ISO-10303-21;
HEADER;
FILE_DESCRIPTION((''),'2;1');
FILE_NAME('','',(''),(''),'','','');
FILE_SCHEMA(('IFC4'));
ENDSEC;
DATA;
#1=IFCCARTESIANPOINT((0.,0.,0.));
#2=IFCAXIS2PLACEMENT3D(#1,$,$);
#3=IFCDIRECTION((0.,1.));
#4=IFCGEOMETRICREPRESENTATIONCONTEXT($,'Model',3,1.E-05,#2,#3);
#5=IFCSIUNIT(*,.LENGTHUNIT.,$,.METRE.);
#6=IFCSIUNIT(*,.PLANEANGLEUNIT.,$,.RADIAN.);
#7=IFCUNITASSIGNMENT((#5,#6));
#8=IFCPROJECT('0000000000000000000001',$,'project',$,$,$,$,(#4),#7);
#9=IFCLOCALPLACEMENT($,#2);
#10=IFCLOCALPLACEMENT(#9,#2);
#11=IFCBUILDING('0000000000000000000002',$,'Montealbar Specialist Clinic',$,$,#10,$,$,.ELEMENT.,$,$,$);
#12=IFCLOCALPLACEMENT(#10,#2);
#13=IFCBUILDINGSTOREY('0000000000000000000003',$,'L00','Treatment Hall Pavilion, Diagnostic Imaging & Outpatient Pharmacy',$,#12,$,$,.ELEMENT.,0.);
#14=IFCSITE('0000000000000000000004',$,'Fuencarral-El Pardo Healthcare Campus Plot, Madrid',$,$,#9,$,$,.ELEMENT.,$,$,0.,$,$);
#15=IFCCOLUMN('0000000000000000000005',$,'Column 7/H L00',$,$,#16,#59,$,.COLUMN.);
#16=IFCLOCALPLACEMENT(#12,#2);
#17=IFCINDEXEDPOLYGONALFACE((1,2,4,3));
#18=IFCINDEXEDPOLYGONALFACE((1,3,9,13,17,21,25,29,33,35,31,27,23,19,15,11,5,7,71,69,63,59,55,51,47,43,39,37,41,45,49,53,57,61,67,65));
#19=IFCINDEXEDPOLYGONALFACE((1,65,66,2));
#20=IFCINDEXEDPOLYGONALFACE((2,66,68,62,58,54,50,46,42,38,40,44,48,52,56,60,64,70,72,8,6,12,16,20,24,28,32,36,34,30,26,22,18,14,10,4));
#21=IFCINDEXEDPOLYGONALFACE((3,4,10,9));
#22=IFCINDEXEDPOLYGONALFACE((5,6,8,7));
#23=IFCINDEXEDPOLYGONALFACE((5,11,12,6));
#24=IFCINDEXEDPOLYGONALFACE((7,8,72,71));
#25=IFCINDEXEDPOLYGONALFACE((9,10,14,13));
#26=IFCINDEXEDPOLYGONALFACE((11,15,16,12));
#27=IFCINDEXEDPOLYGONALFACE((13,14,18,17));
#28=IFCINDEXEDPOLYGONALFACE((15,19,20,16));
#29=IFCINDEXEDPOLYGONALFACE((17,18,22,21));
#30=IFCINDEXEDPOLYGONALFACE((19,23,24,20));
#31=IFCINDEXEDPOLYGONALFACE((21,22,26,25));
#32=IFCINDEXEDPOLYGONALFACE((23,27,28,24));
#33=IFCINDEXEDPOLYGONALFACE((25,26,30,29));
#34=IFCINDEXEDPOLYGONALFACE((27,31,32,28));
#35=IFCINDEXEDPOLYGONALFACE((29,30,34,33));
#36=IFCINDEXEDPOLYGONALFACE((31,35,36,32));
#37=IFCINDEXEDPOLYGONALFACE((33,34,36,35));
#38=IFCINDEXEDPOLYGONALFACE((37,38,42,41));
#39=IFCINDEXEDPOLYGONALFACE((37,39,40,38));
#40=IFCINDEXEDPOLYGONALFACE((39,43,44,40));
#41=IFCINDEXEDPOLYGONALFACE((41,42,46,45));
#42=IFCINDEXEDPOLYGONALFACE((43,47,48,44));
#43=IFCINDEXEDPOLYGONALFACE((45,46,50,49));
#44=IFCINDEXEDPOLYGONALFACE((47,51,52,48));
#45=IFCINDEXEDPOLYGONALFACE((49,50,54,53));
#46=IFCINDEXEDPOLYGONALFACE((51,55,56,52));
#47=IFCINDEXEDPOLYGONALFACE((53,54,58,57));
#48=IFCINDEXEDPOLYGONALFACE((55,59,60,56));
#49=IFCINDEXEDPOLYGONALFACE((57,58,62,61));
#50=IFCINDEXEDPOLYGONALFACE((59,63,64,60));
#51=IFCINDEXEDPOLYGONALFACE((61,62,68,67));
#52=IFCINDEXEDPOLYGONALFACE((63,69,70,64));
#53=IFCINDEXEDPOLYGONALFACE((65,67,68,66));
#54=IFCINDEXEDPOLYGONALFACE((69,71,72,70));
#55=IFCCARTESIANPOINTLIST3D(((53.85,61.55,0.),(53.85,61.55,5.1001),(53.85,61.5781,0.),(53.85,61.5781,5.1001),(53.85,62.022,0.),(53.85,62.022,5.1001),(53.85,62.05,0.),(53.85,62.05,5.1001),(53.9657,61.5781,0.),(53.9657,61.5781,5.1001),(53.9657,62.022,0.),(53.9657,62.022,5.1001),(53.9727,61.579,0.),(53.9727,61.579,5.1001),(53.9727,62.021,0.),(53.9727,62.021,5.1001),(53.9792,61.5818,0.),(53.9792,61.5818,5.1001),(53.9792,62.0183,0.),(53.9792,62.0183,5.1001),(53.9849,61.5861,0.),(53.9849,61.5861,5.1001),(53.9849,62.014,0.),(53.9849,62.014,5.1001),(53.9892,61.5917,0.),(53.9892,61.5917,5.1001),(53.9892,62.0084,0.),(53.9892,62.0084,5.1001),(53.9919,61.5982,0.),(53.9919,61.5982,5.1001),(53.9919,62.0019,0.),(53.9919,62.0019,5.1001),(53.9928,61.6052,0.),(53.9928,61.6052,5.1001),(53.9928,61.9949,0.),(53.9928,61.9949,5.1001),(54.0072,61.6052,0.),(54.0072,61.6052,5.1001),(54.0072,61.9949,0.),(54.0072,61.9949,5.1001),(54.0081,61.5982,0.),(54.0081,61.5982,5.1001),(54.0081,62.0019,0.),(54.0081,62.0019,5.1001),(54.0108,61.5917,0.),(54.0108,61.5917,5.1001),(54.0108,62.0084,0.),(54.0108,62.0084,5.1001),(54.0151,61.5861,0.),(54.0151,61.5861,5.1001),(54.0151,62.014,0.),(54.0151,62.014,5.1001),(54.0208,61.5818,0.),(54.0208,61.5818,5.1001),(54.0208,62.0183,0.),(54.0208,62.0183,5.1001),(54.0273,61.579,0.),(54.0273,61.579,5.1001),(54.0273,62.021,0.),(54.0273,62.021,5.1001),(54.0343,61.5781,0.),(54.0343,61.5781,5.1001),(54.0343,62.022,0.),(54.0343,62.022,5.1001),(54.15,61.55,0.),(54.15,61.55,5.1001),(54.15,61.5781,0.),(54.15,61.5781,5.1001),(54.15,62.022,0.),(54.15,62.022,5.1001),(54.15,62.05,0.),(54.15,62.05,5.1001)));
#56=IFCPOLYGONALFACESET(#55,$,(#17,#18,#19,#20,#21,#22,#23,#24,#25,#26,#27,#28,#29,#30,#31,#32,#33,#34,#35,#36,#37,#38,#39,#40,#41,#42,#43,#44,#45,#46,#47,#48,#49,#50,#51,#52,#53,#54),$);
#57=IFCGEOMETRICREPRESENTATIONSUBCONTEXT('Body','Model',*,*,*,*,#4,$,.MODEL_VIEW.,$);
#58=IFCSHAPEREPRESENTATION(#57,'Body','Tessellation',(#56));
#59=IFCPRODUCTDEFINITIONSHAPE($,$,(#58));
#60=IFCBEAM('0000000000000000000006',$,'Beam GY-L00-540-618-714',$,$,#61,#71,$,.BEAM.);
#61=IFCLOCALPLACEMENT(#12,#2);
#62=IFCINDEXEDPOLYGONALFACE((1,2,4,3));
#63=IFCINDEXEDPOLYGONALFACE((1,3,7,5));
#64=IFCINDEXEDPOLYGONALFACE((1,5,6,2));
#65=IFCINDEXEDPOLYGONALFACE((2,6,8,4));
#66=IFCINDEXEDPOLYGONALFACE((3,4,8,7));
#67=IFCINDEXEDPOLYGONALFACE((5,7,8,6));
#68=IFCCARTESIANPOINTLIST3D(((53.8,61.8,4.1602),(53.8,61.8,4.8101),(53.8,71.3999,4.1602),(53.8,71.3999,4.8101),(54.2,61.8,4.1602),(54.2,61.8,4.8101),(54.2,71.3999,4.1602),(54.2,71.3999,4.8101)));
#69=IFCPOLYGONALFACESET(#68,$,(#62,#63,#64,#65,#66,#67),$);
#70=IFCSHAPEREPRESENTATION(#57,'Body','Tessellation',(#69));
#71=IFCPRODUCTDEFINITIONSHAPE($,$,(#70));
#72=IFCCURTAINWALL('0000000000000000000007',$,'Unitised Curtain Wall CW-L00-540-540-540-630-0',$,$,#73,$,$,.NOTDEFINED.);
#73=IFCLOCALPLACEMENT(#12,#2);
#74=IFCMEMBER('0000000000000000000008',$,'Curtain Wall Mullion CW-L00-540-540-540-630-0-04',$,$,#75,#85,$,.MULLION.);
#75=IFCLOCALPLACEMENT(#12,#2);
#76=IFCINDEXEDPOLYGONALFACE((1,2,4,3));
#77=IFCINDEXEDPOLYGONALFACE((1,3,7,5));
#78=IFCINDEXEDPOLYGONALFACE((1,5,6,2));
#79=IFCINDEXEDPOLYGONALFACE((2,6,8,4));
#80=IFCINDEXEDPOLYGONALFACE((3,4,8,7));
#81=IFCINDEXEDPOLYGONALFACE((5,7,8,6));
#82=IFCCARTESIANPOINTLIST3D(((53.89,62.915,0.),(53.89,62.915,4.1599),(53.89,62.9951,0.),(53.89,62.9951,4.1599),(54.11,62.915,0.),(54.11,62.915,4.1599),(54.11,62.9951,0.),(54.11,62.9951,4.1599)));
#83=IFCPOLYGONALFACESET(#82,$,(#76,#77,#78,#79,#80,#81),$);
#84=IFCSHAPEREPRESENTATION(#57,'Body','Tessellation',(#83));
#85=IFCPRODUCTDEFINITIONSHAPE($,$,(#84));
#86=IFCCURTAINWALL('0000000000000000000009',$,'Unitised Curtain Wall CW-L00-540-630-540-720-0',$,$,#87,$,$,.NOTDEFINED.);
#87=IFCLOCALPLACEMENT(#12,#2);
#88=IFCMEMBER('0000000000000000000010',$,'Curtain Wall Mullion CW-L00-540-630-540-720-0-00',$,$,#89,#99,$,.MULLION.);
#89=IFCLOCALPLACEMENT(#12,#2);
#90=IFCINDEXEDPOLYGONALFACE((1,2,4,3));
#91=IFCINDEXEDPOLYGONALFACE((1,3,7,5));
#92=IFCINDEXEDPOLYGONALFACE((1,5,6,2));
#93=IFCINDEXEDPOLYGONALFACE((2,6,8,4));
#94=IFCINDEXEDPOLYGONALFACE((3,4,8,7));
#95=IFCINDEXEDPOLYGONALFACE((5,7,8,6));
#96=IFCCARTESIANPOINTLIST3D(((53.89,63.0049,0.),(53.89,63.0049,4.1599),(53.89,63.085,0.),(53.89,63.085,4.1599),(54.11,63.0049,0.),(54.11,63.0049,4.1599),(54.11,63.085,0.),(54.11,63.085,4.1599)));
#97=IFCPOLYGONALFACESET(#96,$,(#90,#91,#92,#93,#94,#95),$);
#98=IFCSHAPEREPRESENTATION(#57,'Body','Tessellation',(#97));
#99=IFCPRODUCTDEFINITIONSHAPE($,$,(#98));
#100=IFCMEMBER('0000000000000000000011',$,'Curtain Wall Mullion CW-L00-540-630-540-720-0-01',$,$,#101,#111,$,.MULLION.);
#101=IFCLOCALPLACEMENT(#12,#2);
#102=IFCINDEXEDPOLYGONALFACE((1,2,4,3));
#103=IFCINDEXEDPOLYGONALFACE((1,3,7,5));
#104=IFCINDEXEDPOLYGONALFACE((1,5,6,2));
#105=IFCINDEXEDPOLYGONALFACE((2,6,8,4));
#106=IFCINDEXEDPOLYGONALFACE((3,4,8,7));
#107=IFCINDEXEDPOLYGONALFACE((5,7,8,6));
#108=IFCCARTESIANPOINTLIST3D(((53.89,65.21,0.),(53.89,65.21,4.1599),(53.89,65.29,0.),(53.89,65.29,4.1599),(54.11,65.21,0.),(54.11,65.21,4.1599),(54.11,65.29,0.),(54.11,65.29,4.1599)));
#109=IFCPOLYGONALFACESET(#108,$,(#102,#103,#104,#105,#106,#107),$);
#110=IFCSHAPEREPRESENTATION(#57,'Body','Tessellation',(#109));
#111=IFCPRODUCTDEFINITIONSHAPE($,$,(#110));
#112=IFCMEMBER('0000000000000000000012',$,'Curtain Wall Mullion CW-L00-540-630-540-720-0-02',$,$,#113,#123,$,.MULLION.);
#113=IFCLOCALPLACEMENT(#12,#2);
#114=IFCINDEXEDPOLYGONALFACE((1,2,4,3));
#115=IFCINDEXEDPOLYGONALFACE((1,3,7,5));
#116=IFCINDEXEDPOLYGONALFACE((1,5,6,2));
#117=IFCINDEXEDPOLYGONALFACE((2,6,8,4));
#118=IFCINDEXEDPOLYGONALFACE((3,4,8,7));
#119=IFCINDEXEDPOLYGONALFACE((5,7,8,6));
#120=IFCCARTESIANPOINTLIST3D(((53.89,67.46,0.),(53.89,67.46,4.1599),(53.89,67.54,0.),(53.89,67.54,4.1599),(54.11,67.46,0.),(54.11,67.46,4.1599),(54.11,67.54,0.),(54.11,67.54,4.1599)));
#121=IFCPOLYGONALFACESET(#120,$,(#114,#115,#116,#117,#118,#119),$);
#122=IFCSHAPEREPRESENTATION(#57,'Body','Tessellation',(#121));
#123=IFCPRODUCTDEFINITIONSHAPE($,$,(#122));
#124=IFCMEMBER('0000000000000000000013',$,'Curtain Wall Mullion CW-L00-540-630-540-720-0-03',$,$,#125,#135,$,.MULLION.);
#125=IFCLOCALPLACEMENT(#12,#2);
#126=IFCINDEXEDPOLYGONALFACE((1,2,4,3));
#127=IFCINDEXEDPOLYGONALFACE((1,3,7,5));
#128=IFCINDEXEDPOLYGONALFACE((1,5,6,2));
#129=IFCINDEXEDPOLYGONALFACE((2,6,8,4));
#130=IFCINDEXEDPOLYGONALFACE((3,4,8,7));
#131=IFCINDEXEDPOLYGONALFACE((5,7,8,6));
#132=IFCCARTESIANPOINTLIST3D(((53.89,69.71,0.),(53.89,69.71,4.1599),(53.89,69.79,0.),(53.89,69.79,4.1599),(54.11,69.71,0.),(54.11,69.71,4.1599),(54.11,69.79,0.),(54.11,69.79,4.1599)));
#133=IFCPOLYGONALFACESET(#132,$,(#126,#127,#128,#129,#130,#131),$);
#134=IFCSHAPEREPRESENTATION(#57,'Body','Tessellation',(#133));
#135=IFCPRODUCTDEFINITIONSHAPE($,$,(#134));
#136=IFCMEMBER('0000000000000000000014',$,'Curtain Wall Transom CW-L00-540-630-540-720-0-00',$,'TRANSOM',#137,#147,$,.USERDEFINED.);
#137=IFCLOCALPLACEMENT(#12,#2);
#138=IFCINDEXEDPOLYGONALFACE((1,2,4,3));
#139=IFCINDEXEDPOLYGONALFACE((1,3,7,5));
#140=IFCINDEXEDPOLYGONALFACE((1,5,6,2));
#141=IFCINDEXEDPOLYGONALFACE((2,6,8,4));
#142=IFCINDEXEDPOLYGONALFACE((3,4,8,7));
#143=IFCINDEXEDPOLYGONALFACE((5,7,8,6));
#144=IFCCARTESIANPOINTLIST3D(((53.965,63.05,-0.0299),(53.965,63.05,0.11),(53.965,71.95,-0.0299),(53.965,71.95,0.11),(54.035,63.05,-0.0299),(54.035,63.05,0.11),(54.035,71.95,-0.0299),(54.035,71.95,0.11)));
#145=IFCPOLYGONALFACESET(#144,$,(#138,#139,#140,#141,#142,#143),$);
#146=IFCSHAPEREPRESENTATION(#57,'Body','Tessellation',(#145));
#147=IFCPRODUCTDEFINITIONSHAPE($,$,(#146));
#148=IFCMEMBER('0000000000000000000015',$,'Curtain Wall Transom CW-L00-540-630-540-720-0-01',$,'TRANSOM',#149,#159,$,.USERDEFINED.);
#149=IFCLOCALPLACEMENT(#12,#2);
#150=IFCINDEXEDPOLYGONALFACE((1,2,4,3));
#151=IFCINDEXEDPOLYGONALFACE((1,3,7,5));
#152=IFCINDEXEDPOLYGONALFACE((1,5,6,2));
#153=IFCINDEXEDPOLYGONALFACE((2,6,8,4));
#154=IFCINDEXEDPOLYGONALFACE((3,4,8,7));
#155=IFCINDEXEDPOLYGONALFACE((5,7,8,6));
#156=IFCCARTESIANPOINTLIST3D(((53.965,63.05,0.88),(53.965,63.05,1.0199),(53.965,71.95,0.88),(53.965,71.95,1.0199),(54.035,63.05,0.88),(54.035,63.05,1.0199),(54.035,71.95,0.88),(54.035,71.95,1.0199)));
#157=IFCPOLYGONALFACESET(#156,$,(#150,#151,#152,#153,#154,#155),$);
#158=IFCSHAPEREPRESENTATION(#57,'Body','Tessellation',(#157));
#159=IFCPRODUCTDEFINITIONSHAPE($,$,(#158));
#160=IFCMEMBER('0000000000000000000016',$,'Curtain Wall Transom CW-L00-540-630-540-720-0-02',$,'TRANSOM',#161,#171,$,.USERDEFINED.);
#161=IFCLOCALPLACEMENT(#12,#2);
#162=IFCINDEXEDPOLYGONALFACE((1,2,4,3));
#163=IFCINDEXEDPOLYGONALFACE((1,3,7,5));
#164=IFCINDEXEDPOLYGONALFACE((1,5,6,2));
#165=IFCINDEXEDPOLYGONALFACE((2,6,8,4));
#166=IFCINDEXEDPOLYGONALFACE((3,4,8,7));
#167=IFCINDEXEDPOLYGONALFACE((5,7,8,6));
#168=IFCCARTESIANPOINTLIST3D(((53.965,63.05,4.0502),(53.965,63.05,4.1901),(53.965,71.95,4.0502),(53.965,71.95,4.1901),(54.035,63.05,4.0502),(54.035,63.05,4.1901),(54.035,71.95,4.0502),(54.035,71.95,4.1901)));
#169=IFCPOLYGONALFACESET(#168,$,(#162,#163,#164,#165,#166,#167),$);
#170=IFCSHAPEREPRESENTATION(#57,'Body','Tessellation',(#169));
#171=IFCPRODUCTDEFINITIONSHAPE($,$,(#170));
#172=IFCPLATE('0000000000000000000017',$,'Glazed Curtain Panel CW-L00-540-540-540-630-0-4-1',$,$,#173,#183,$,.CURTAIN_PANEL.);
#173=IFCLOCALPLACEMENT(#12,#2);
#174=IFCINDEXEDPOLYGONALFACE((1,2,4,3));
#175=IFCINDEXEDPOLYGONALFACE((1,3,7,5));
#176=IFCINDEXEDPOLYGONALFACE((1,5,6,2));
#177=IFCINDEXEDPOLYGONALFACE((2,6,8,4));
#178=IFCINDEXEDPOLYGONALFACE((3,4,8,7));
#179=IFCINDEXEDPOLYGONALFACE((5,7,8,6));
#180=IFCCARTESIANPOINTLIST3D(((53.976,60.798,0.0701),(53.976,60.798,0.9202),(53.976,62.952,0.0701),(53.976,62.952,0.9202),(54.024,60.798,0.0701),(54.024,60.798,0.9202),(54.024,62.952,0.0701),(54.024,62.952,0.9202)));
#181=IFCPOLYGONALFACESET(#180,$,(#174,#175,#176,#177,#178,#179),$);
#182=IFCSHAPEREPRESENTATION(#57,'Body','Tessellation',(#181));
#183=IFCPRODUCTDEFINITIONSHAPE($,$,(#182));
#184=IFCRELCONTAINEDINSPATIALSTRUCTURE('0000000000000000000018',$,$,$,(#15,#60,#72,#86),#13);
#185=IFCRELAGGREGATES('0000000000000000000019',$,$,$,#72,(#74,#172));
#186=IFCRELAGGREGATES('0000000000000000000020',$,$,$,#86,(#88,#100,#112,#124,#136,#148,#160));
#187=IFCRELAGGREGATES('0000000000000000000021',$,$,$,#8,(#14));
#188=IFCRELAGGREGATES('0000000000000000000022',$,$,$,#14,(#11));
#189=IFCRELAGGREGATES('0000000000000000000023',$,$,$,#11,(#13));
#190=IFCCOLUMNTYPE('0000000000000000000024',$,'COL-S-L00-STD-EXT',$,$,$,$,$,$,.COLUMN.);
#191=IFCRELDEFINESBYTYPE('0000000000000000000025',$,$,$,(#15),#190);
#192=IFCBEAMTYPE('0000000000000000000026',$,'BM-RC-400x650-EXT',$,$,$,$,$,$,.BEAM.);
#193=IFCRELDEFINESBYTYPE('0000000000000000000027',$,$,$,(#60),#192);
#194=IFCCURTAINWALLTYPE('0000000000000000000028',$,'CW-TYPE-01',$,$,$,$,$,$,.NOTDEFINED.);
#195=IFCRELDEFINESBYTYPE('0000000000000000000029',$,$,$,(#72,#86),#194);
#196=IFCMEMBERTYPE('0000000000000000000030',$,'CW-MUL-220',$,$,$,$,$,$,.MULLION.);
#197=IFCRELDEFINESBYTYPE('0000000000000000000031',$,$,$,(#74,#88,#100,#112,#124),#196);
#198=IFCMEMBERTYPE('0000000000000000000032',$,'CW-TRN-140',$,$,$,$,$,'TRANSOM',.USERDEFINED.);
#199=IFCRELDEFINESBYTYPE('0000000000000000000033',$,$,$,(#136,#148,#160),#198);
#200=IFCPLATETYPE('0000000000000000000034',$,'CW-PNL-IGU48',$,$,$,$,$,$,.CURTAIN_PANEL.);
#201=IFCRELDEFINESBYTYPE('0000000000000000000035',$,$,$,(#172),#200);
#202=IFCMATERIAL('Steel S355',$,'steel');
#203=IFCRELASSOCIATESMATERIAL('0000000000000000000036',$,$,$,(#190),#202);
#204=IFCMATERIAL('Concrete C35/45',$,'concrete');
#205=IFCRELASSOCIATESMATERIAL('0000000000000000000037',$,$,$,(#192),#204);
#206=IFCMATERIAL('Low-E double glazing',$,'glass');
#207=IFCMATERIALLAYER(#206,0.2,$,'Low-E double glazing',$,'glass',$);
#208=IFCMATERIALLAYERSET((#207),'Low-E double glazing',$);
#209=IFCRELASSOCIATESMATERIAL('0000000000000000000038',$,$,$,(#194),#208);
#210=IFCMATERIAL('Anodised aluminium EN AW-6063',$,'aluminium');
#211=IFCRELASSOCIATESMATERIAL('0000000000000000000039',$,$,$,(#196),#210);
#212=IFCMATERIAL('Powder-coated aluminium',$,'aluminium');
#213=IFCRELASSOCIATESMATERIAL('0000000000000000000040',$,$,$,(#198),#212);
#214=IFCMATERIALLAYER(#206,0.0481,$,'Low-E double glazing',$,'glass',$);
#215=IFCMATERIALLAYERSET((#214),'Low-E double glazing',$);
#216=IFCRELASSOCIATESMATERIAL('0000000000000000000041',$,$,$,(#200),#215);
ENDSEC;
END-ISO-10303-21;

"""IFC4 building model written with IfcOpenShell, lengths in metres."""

from ifc_helpers import new_model, si_unit, direction, frame, origin, origin_2d, place, context, subcontext, project, spatial, rectangle, i_section, extrude, material, layer, layer_set, material_profile, profile_set, type_object, element, aggregate, save


model = new_model("IFC4")

# Units and contexts
model_context = context("Model", 3, precision=1e-05, world=origin(), true_north=direction((0.0, 1.0)))
body_context = subcontext(model_context, "Body", "Model", "MODEL_VIEW")
ifc_project = project(units=[si_unit("LENGTHUNIT", "METRE"), si_unit("PLANEANGLEUNIT", "RADIAN")], contexts=[model_context])

# Site, building, storey
site_placement = place(None, origin())
site = spatial("IfcSite", under=ifc_project, at=site_placement, Name="Fuencarral-El Pardo Healthcare Campus Plot, Madrid", CompositionType="ELEMENT", RefElevation=0.0)
building_placement = place(site_placement, origin())
building = spatial("IfcBuilding", under=site, at=building_placement, Name="Montealbar Specialist Clinic", CompositionType="ELEMENT")
storey_placement = place(building_placement, origin())
storey = spatial("IfcBuildingStorey", under=building, at=storey_placement, Name="L00", Description="Treatment Hall Pavilion, Diagnostic Imaging & Outpatient Pharmacy", CompositionType="ELEMENT", Elevation=0.0)

# Column
ifc_material_1 = material(Name="Steel S355", Category="steel")
ifc_material_profile_1 = material_profile(ifc_material_1, i_section(OverallWidth=0.3, OverallDepth=0.5, WebThickness=0.0144, FlangeThickness=0.0281, FilletRadius=0.0271, at=origin_2d()), Name="HEB 500", Category="steel")
ifc_profile_set_1 = profile_set([ifc_material_profile_1], Name="Steel S355")
column_type = type_object("IfcColumnType", Name="COL-S-L00-STD-EXT", PredefinedType="COLUMN", material=ifc_profile_set_1)
column_placement = place(storey_placement, frame((54.0, 61.8, 0.0), z_axis=(0.0, 0.0, 1.0), x_axis=(1.0, 0.0, 0.0)))
element("IfcColumn", 1, at=column_placement, inside=storey, type_object=column_type, Name="Column 7/H L00", PredefinedType="COLUMN", context=body_context, shape_type="SweptSolid", body=[
    extrude(i_section(OverallWidth=0.3, OverallDepth=0.5, WebThickness=0.0144, FlangeThickness=0.0281, FilletRadius=0.0271, at=origin_2d()), origin(), (0.0, 0.0, 1.0), 5.1001),
])

# Beam
ifc_material_2 = material(Name="Concrete C35/45", Category="concrete")
ifc_material_profile_2 = material_profile(ifc_material_2, rectangle(XDim=0.3999, YDim=0.6499, at=origin_2d()), Name="RC 400x650", Category="concrete")
ifc_profile_set_2 = profile_set([ifc_material_profile_2], Name="Concrete C35/45")
beam_type = type_object("IfcBeamType", Name="BM-RC-400x650-EXT", PredefinedType="BEAM", material=ifc_profile_set_2)
beam_placement = place(storey_placement, frame((54.0, 61.8, 4.4851), z_axis=(0.0, 1.0, 0.0), x_axis=(-1.0, 0.0, 0.0)))
element("IfcBeam", 2, at=beam_placement, inside=storey, type_object=beam_type, Name="Beam GY-L00-540-618-714", PredefinedType="BEAM", context=body_context, shape_type="SweptSolid", body=[
    extrude(rectangle(XDim=0.3999, YDim=0.6499, at=origin_2d()), origin(), (0.0, 0.0, 1.0), 9.5999),
])

# Curtain wall, member
ifc_material_3 = material(Name="Low-E double glazing", Category="glass")
ifc_layer_1 = layer(ifc_material_3, 0.2, Name="Low-E double glazing", Category="glass")
ifc_layer_set_1 = layer_set([ifc_layer_1], Name="Low-E double glazing")
curtain_wall_type = type_object("IfcCurtainWallType", Name="CW-TYPE-01", PredefinedType="NOTDEFINED", material=ifc_layer_set_1)
curtain_wall_1_placement = place(storey_placement, origin())
curtain_wall_1 = element("IfcCurtainWall", 3, at=curtain_wall_1_placement, inside=storey, type_object=curtain_wall_type, Name="Unitised Curtain Wall CW-L00-540-540-540-630-0", PredefinedType="NOTDEFINED")
ifc_material_4 = material(Name="Anodised aluminium EN AW-6063", Category="aluminium")
ifc_material_profile_3 = material_profile(ifc_material_4, rectangle(XDim=0.0801, YDim=0.22, at=origin_2d()), Name="ALU 80x220", Category="aluminium")
ifc_profile_set_3 = profile_set([ifc_material_profile_3], Name="Anodised aluminium EN AW-6063")
member_type_1 = type_object("IfcMemberType", Name="CW-MUL-220", PredefinedType="MULLION", material=ifc_profile_set_3)
member_1_placement = place(storey_placement, frame((54.0, 62.9551, 0.0), z_axis=(0.0, 0.0, 1.0), x_axis=(0.0, 1.0, 0.0)))
member_1 = element("IfcMember", 4, at=member_1_placement, type_object=member_type_1, Name="Curtain Wall Mullion CW-L00-540-540-540-630-0-04", PredefinedType="MULLION", context=body_context, shape_type="SweptSolid", body=[
    extrude(rectangle(XDim=0.0801, YDim=0.22, at=origin_2d()), origin(), (0.0, 0.0, 1.0), 4.1599),
])

# Curtain wall, members
curtain_wall_2_placement = place(storey_placement, origin())
curtain_wall_2 = element("IfcCurtainWall", 5, at=curtain_wall_2_placement, inside=storey, type_object=curtain_wall_type, Name="Unitised Curtain Wall CW-L00-540-630-540-720-0", PredefinedType="NOTDEFINED")
member_2_placement = place(storey_placement, frame((54.0, 63.0449, 0.0), z_axis=(0.0, 0.0, 1.0), x_axis=(0.0, 1.0, 0.0)))
member_2 = element("IfcMember", 6, at=member_2_placement, type_object=member_type_1, Name="Curtain Wall Mullion CW-L00-540-630-540-720-0-00", PredefinedType="MULLION", context=body_context, shape_type="SweptSolid", body=[
    extrude(rectangle(XDim=0.0801, YDim=0.22, at=origin_2d()), origin(), (0.0, 0.0, 1.0), 4.1599),
])
member_3_placement = place(storey_placement, frame((54.0, 65.25, 0.0), z_axis=(0.0, 0.0, 1.0), x_axis=(0.0, 1.0, 0.0)))
member_3 = element("IfcMember", 7, at=member_3_placement, type_object=member_type_1, Name="Curtain Wall Mullion CW-L00-540-630-540-720-0-01", PredefinedType="MULLION", context=body_context, shape_type="SweptSolid", body=[
    extrude(rectangle(XDim=0.0801, YDim=0.22, at=origin_2d()), origin(), (0.0, 0.0, 1.0), 4.1599),
])
member_4_placement = place(storey_placement, frame((54.0, 67.5, 0.0), z_axis=(0.0, 0.0, 1.0), x_axis=(0.0, 1.0, 0.0)))
member_4 = element("IfcMember", 8, at=member_4_placement, type_object=member_type_1, Name="Curtain Wall Mullion CW-L00-540-630-540-720-0-02", PredefinedType="MULLION", context=body_context, shape_type="SweptSolid", body=[
    extrude(rectangle(XDim=0.0801, YDim=0.22, at=origin_2d()), origin(), (0.0, 0.0, 1.0), 4.1599),
])
member_5_placement = place(storey_placement, frame((54.0, 69.75, 0.0), z_axis=(0.0, 0.0, 1.0), x_axis=(0.0, 1.0, 0.0)))
member_5 = element("IfcMember", 9, at=member_5_placement, type_object=member_type_1, Name="Curtain Wall Mullion CW-L00-540-630-540-720-0-03", PredefinedType="MULLION", context=body_context, shape_type="SweptSolid", body=[
    extrude(rectangle(XDim=0.0801, YDim=0.22, at=origin_2d()), origin(), (0.0, 0.0, 1.0), 4.1599),
])
ifc_material_5 = material(Name="Powder-coated aluminium", Category="aluminium")
ifc_material_profile_4 = material_profile(ifc_material_5, rectangle(XDim=0.0701, YDim=0.1399, at=origin_2d()), Name="ALU 70x140", Category="aluminium")
ifc_profile_set_4 = profile_set([ifc_material_profile_4], Name="Powder-coated aluminium")
member_type_2 = type_object("IfcMemberType", Name="CW-TRN-140", ElementType="TRANSOM", PredefinedType="USERDEFINED", material=ifc_profile_set_4)
member_6_placement = place(storey_placement, frame((54.0, 63.05, 0.04), z_axis=(0.0, 1.0, 0.0), x_axis=(-1.0, 0.0, 0.0)))
member_6 = element("IfcMember", 10, at=member_6_placement, type_object=member_type_2, Name="Curtain Wall Transom CW-L00-540-630-540-720-0-00", ObjectType="TRANSOM", PredefinedType="USERDEFINED", context=body_context, shape_type="SweptSolid", body=[
    extrude(rectangle(XDim=0.0701, YDim=0.1399, at=origin_2d()), origin(), (0.0, 0.0, 1.0), 8.8999),
])
member_7_placement = place(storey_placement, frame((54.0, 63.05, 0.95), z_axis=(0.0, 1.0, 0.0), x_axis=(-1.0, 0.0, 0.0)))
member_7 = element("IfcMember", 11, at=member_7_placement, type_object=member_type_2, Name="Curtain Wall Transom CW-L00-540-630-540-720-0-01", ObjectType="TRANSOM", PredefinedType="USERDEFINED", context=body_context, shape_type="SweptSolid", body=[
    extrude(rectangle(XDim=0.0701, YDim=0.1399, at=origin_2d()), origin(), (0.0, 0.0, 1.0), 8.8999),
])
member_8_placement = place(storey_placement, frame((54.0, 63.05, 4.1201), z_axis=(0.0, 1.0, 0.0), x_axis=(-1.0, 0.0, 0.0)))
member_8 = element("IfcMember", 12, at=member_8_placement, type_object=member_type_2, Name="Curtain Wall Transom CW-L00-540-630-540-720-0-02", ObjectType="TRANSOM", PredefinedType="USERDEFINED", context=body_context, shape_type="SweptSolid", body=[
    extrude(rectangle(XDim=0.0701, YDim=0.1399, at=origin_2d()), origin(), (0.0, 0.0, 1.0), 8.8999),
])

# Plate
ifc_layer_2 = layer(ifc_material_3, 0.0481, Name="Low-E double glazing", Category="glass")
ifc_layer_set_2 = layer_set([ifc_layer_2], Name="Low-E double glazing")
plate_type = type_object("IfcPlateType", Name="CW-PNL-IGU48", PredefinedType="CURTAIN_PANEL", material=ifc_layer_set_2)
plate_1_placement = place(storey_placement, frame((54.0, 61.875, 0.0701), z_axis=(0.0, 0.0, 1.0), x_axis=(0.0, 1.0, 0.0)))
plate_1 = element("IfcPlate", 13, at=plate_1_placement, type_object=plate_type, Name="Glazed Curtain Panel CW-L00-540-540-540-630-0-4-1", PredefinedType="CURTAIN_PANEL", context=body_context, shape_type="SweptSolid", body=[
    extrude(rectangle(XDim=2.1541, YDim=0.0481, at=origin_2d()), origin(), (0.0, 0.0, 1.0), 0.8501),
])
aggregate(curtain_wall_1, [member_1, plate_1])
aggregate(curtain_wall_2, [member_2, member_3, member_4, member_5, member_6, member_7, member_8])

save(model, "model.ifc")
